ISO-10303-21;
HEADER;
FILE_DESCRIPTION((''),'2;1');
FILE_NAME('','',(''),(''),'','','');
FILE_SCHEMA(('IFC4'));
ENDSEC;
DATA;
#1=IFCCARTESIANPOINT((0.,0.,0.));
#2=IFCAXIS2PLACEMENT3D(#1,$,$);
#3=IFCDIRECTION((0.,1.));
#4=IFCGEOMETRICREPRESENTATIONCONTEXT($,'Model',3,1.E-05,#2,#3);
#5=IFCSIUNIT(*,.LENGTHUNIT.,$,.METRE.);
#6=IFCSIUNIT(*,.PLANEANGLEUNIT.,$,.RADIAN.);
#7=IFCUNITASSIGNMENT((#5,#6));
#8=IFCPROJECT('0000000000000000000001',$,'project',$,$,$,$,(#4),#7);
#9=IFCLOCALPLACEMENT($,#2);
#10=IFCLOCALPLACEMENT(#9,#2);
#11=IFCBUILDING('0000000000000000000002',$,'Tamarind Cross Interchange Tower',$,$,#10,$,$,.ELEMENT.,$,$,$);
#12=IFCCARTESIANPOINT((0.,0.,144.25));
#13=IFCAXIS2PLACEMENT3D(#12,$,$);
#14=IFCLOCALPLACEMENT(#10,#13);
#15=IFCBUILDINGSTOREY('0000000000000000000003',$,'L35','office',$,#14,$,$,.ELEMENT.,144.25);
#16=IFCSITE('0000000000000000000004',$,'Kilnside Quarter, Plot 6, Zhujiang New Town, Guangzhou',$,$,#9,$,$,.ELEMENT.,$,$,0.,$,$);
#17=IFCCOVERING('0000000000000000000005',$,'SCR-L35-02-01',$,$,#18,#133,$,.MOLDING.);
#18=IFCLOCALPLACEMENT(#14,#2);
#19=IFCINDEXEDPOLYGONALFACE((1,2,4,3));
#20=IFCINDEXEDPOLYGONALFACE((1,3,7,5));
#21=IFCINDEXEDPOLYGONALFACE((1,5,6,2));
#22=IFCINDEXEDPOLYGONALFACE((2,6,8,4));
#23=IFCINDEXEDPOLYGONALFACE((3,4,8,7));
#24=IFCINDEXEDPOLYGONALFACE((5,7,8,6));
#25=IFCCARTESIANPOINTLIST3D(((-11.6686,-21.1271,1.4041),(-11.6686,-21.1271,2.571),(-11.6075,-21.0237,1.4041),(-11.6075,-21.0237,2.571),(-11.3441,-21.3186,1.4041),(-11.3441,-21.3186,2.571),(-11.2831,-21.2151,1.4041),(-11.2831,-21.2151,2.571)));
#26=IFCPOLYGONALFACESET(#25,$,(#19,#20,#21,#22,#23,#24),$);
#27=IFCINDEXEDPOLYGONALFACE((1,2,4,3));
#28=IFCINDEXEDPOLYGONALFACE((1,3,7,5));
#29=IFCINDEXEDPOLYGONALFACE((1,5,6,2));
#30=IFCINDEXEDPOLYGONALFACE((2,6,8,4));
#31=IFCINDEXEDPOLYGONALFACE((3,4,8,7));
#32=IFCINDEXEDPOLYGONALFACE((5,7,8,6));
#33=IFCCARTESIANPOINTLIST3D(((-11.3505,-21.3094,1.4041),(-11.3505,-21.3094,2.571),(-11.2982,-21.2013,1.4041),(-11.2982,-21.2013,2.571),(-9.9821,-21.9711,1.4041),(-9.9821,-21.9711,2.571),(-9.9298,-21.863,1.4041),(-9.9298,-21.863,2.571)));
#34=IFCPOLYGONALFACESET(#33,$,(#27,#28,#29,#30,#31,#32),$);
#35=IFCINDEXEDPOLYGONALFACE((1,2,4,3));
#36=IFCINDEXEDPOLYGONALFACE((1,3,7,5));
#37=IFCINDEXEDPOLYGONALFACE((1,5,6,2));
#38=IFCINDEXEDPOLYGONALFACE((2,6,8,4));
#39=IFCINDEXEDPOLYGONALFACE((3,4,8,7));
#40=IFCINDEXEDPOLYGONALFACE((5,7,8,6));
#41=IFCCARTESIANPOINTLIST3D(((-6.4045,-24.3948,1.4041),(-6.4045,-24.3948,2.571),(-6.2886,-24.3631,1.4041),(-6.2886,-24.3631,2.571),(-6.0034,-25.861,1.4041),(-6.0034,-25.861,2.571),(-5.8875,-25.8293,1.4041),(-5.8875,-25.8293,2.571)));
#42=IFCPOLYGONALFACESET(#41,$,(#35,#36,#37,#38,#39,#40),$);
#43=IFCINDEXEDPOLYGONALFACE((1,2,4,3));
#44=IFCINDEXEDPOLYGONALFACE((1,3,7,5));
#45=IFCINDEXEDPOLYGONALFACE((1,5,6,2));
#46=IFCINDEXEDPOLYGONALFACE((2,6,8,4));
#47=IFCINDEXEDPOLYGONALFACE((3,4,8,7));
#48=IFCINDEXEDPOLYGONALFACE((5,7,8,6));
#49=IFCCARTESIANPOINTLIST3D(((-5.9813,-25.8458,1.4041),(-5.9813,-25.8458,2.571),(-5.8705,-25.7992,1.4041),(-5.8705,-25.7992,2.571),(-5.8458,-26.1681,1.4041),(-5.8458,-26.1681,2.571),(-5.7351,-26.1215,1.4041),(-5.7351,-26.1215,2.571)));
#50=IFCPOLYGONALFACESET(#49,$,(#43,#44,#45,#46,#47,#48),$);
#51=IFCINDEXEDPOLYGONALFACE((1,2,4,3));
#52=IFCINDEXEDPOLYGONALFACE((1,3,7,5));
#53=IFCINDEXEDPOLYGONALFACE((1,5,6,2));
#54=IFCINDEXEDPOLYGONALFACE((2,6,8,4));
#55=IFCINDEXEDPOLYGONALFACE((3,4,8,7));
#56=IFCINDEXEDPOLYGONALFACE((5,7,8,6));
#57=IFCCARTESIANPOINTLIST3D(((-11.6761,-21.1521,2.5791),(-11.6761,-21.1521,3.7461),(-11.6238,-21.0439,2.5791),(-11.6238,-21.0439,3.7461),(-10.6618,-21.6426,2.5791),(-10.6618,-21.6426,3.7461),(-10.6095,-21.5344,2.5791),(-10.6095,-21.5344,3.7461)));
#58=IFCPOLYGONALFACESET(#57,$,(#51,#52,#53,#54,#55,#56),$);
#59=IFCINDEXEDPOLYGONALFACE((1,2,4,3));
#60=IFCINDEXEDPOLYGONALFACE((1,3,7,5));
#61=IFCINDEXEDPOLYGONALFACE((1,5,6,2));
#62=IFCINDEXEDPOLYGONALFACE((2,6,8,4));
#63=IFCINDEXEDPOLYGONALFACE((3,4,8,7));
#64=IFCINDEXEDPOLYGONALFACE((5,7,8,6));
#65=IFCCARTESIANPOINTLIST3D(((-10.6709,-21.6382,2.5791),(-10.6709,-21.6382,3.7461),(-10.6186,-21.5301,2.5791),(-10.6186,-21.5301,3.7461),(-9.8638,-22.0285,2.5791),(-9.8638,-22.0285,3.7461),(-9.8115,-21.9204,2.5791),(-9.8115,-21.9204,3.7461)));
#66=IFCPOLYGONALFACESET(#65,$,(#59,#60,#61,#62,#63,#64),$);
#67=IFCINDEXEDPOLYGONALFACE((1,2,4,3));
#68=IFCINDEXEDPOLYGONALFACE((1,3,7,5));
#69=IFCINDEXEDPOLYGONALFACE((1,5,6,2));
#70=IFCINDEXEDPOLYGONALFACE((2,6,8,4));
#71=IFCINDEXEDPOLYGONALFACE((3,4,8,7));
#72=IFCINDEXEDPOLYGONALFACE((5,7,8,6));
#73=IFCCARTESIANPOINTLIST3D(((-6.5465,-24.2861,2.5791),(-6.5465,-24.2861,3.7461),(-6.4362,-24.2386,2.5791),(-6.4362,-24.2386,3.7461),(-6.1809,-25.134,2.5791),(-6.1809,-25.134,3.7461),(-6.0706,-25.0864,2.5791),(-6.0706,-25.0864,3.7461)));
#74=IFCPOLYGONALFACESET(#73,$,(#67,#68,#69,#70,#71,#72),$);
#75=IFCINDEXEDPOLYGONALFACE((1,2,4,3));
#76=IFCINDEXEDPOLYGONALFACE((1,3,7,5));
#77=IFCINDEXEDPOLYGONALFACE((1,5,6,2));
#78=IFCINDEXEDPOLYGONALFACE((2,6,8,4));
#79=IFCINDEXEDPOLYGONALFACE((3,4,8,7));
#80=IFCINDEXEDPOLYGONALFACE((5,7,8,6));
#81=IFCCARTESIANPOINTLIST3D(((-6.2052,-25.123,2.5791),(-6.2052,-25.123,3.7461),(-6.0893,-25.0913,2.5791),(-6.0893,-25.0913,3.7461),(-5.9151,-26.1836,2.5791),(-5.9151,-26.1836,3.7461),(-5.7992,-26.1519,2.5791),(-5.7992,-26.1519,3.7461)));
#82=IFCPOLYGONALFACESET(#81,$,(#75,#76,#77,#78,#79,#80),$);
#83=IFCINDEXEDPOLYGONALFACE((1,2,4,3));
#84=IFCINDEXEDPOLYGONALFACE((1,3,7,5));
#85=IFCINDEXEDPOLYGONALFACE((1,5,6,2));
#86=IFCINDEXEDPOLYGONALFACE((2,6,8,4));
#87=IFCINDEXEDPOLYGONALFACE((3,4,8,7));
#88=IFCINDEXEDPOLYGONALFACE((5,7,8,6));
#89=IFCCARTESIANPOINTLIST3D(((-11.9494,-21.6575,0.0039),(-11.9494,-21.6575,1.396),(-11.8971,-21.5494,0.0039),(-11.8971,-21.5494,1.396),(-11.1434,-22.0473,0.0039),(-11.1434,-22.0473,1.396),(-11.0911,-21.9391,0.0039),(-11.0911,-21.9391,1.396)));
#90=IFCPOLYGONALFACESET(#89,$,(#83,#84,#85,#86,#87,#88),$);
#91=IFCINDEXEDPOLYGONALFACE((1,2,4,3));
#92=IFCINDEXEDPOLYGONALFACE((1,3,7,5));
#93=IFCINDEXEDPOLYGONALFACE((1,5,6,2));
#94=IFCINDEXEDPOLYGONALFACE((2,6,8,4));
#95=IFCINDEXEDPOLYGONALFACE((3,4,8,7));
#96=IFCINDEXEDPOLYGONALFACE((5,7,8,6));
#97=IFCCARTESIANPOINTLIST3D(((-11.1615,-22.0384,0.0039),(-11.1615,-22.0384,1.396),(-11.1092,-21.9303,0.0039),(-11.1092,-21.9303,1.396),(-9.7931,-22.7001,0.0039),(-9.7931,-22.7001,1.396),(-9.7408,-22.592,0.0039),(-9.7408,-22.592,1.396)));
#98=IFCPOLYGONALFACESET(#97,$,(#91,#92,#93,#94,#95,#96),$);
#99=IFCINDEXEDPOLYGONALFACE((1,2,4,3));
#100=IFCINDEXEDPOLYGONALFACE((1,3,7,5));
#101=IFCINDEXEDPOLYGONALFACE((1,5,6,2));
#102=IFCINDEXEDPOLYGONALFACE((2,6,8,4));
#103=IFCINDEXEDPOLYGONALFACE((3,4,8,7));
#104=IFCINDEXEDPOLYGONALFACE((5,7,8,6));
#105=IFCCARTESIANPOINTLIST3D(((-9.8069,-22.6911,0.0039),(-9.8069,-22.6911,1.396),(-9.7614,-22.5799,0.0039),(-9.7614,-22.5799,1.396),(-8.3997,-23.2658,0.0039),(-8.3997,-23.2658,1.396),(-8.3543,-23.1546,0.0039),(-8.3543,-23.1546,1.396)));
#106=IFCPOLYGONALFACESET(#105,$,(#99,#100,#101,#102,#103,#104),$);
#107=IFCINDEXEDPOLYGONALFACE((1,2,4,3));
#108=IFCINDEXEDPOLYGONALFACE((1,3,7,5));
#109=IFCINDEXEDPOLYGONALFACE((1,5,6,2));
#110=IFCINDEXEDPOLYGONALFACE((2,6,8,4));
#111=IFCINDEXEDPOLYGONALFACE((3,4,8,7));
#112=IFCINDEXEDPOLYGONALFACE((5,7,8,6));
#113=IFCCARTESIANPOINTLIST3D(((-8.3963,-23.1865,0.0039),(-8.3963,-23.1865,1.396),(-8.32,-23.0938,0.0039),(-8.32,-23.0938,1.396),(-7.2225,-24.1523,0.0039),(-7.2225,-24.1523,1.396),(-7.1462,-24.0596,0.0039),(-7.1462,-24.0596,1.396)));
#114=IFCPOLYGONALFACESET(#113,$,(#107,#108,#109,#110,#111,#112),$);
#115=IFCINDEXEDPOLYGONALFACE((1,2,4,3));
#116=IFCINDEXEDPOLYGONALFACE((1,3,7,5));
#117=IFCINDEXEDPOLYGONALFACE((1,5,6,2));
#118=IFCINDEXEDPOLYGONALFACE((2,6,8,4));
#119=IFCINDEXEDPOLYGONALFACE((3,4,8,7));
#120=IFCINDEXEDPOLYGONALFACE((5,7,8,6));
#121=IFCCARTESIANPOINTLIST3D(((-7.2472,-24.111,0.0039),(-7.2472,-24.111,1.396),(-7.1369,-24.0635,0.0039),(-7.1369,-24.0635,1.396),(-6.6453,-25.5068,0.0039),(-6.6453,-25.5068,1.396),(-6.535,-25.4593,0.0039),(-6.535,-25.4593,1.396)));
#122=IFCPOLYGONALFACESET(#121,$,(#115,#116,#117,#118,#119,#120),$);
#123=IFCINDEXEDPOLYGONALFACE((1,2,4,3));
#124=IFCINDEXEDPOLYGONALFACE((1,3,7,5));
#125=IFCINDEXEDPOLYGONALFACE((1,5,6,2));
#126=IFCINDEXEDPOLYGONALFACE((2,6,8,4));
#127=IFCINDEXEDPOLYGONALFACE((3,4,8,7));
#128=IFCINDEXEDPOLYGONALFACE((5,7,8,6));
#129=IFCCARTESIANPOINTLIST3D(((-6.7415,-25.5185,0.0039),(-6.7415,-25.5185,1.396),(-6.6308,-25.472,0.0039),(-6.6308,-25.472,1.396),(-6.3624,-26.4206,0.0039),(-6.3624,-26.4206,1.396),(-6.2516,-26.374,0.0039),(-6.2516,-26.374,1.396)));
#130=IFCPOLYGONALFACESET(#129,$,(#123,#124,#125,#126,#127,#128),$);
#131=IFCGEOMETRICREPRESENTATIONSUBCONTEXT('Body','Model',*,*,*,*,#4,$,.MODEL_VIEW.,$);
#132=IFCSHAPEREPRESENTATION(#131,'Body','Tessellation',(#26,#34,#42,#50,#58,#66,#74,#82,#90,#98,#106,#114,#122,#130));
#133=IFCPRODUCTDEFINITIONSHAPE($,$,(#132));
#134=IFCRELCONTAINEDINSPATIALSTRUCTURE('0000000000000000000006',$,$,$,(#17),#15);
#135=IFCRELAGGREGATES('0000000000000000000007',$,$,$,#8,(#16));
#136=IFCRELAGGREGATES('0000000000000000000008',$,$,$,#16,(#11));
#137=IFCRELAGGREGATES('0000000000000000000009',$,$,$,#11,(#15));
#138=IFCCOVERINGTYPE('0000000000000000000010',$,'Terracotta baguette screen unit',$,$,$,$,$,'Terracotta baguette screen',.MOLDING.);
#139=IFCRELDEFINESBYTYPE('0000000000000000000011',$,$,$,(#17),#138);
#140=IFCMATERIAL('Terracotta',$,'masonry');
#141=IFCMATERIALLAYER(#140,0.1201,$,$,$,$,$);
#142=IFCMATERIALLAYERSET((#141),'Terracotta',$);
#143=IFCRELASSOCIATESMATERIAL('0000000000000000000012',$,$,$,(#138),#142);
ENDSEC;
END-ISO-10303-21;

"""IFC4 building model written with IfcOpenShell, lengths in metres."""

from ifc_helpers import new_model, si_unit, direction, frame, origin, origin_2d, place, context, subcontext, project, spatial, rectangle, extrude, material, layer, layer_set, type_object, element, save


model = new_model("IFC4")

# Units and contexts
model_context = context("Model", 3, precision=1e-05, world=origin(), true_north=direction((0.0, 1.0)))
body_context = subcontext(model_context, "Body", "Model", "MODEL_VIEW")
ifc_project = project(units=[si_unit("LENGTHUNIT", "METRE"), si_unit("PLANEANGLEUNIT", "RADIAN")], contexts=[model_context])

# Site, building, storey
site_placement = place(None, origin())
site = spatial("IfcSite", under=ifc_project, at=site_placement, Name="Kilnside Quarter, Plot 6, Zhujiang New Town, Guangzhou", CompositionType="ELEMENT", RefElevation=0.0)
building_placement = place(site_placement, origin())
building = spatial("IfcBuilding", under=site, at=building_placement, Name="Tamarind Cross Interchange Tower", CompositionType="ELEMENT")
storey_placement = place(building_placement, frame((0.0, 0.0, 144.25)))
storey = spatial("IfcBuildingStorey", under=building, at=storey_placement, Name="L35", Description="office", CompositionType="ELEMENT", Elevation=144.25)

# Covering
ifc_material_1 = material(Name="Terracotta", Category="masonry")
ifc_layer_1 = layer(ifc_material_1, 0.1201)
ifc_layer_set_1 = layer_set([ifc_layer_1], Name="Terracotta")
covering_type = type_object("IfcCoveringType", Name="Terracotta baguette screen unit", ElementType="Terracotta baguette screen", PredefinedType="MOLDING", material=ifc_layer_set_1)
covering_1_placement = place(storey_placement, origin())
element("IfcCovering", 1, at=covering_1_placement, inside=storey, type_object=covering_type, Name="SCR-L35-02-01", PredefinedType="MOLDING", context=body_context, shape_type="SweptSolid", body=[
    extrude(rectangle(XDim=0.3767, YDim=0.1201, at=origin_2d()), frame((-11.4758, -21.1711, 1.4041), z_axis=(0.0, 0.0, 1.0), x_axis=(0.861249, -0.508183, 0.0)), (0.0, 0.0, 1.0), 1.167),
    extrude(rectangle(XDim=1.52, YDim=0.1201, at=origin_2d()), frame((-10.6401, -21.5862, 1.4041), z_axis=(0.0, 0.0, 1.0), x_axis=(0.900273, -0.435326, 0.0)), (0.0, 0.0, 1.0), 1.167),
    extrude(rectangle(XDim=1.52, YDim=0.1201, at=origin_2d()), frame((-6.146, -25.1121, 1.4041), z_axis=(0.0, 0.0, 1.0), x_axis=(0.26386, -0.964561, 0.0)), (0.0, 0.0, 1.0), 1.167),
    extrude(rectangle(XDim=0.3496, YDim=0.1201, at=origin_2d()), frame((-5.8582, -25.9836, 1.4041), z_axis=(0.0, 0.0, 1.0), x_axis=(0.387503, -0.921869, 0.0)), (0.0, 0.0, 1.0), 1.167),
    extrude(rectangle(XDim=1.1267, YDim=0.1201, at=origin_2d()), frame((-11.1428, -21.3433, 2.5791), z_axis=(0.0, 0.0, 1.0), x_axis=(0.900273, -0.435326, 0.0)), (0.0, 0.0, 1.0), 1.167),
    extrude(rectangle(XDim=0.8965, YDim=0.1201, at=origin_2d()), frame((-10.2412, -21.7793, 2.5791), z_axis=(0.0, 0.0, 1.0), x_axis=(0.900273, -0.435326, 0.0)), (0.0, 0.0, 1.0), 1.167),
    extrude(rectangle(XDim=0.9233, YDim=0.1201, at=origin_2d()), frame((-6.3086, -24.6863, 2.5791), z_axis=(0.0, 0.0, 1.0), x_axis=(0.395962, -0.918267, 0.0)), (0.0, 0.0, 1.0), 1.167),
    extrude(rectangle(XDim=1.0996, YDim=0.1201, at=origin_2d()), frame((-6.0022, -25.6375, 2.5791), z_axis=(0.0, 0.0, 1.0), x_axis=(0.26386, -0.964561, 0.0)), (0.0, 0.0, 1.0), 1.167),
    extrude(rectangle(XDim=0.8953, YDim=0.1201, at=origin_2d()), frame((-11.5203, -21.7983, 0.0039), z_axis=(0.0, 0.0, 1.0), x_axis=(0.900273, -0.435326, 0.0)), (0.0, 0.0, 1.0), 1.3921),
    extrude(rectangle(XDim=1.52, YDim=0.1201, at=origin_2d()), frame((-10.4512, -22.3152, 0.0039), z_axis=(0.0, 0.0, 1.0), x_axis=(0.900273, -0.435326, 0.0)), (0.0, 0.0, 1.0), 1.3921),
    extrude(rectangle(XDim=1.52, YDim=0.1201, at=origin_2d()), frame((-9.0806, -22.9229, 0.0039), z_axis=(0.0, 0.0, 1.0), x_axis=(0.925763, -0.378105, 0.0)), (0.0, 0.0, 1.0), 1.3921),
    extrude(rectangle(XDim=1.52, YDim=0.1201, at=origin_2d()), frame((-7.7712, -23.623, 0.0039), z_axis=(0.0, 0.0, 1.0), x_axis=(0.772209, -0.635369, 0.0)), (0.0, 0.0, 1.0), 1.3921),
    extrude(rectangle(XDim=1.52, YDim=0.1201, at=origin_2d()), frame((-6.8911, -24.7852, 0.0039), z_axis=(0.0, 0.0, 1.0), x_axis=(0.395962, -0.918267, 0.0)), (0.0, 0.0, 1.0), 1.3921),
    extrude(rectangle(XDim=0.9785, YDim=0.1201, at=origin_2d()), frame((-6.4966, -25.9463, 0.0039), z_axis=(0.0, 0.0, 1.0), x_axis=(0.387503, -0.921869, 0.0)), (0.0, 0.0, 1.0), 1.3921),
])

save(model, "model.ifc")
